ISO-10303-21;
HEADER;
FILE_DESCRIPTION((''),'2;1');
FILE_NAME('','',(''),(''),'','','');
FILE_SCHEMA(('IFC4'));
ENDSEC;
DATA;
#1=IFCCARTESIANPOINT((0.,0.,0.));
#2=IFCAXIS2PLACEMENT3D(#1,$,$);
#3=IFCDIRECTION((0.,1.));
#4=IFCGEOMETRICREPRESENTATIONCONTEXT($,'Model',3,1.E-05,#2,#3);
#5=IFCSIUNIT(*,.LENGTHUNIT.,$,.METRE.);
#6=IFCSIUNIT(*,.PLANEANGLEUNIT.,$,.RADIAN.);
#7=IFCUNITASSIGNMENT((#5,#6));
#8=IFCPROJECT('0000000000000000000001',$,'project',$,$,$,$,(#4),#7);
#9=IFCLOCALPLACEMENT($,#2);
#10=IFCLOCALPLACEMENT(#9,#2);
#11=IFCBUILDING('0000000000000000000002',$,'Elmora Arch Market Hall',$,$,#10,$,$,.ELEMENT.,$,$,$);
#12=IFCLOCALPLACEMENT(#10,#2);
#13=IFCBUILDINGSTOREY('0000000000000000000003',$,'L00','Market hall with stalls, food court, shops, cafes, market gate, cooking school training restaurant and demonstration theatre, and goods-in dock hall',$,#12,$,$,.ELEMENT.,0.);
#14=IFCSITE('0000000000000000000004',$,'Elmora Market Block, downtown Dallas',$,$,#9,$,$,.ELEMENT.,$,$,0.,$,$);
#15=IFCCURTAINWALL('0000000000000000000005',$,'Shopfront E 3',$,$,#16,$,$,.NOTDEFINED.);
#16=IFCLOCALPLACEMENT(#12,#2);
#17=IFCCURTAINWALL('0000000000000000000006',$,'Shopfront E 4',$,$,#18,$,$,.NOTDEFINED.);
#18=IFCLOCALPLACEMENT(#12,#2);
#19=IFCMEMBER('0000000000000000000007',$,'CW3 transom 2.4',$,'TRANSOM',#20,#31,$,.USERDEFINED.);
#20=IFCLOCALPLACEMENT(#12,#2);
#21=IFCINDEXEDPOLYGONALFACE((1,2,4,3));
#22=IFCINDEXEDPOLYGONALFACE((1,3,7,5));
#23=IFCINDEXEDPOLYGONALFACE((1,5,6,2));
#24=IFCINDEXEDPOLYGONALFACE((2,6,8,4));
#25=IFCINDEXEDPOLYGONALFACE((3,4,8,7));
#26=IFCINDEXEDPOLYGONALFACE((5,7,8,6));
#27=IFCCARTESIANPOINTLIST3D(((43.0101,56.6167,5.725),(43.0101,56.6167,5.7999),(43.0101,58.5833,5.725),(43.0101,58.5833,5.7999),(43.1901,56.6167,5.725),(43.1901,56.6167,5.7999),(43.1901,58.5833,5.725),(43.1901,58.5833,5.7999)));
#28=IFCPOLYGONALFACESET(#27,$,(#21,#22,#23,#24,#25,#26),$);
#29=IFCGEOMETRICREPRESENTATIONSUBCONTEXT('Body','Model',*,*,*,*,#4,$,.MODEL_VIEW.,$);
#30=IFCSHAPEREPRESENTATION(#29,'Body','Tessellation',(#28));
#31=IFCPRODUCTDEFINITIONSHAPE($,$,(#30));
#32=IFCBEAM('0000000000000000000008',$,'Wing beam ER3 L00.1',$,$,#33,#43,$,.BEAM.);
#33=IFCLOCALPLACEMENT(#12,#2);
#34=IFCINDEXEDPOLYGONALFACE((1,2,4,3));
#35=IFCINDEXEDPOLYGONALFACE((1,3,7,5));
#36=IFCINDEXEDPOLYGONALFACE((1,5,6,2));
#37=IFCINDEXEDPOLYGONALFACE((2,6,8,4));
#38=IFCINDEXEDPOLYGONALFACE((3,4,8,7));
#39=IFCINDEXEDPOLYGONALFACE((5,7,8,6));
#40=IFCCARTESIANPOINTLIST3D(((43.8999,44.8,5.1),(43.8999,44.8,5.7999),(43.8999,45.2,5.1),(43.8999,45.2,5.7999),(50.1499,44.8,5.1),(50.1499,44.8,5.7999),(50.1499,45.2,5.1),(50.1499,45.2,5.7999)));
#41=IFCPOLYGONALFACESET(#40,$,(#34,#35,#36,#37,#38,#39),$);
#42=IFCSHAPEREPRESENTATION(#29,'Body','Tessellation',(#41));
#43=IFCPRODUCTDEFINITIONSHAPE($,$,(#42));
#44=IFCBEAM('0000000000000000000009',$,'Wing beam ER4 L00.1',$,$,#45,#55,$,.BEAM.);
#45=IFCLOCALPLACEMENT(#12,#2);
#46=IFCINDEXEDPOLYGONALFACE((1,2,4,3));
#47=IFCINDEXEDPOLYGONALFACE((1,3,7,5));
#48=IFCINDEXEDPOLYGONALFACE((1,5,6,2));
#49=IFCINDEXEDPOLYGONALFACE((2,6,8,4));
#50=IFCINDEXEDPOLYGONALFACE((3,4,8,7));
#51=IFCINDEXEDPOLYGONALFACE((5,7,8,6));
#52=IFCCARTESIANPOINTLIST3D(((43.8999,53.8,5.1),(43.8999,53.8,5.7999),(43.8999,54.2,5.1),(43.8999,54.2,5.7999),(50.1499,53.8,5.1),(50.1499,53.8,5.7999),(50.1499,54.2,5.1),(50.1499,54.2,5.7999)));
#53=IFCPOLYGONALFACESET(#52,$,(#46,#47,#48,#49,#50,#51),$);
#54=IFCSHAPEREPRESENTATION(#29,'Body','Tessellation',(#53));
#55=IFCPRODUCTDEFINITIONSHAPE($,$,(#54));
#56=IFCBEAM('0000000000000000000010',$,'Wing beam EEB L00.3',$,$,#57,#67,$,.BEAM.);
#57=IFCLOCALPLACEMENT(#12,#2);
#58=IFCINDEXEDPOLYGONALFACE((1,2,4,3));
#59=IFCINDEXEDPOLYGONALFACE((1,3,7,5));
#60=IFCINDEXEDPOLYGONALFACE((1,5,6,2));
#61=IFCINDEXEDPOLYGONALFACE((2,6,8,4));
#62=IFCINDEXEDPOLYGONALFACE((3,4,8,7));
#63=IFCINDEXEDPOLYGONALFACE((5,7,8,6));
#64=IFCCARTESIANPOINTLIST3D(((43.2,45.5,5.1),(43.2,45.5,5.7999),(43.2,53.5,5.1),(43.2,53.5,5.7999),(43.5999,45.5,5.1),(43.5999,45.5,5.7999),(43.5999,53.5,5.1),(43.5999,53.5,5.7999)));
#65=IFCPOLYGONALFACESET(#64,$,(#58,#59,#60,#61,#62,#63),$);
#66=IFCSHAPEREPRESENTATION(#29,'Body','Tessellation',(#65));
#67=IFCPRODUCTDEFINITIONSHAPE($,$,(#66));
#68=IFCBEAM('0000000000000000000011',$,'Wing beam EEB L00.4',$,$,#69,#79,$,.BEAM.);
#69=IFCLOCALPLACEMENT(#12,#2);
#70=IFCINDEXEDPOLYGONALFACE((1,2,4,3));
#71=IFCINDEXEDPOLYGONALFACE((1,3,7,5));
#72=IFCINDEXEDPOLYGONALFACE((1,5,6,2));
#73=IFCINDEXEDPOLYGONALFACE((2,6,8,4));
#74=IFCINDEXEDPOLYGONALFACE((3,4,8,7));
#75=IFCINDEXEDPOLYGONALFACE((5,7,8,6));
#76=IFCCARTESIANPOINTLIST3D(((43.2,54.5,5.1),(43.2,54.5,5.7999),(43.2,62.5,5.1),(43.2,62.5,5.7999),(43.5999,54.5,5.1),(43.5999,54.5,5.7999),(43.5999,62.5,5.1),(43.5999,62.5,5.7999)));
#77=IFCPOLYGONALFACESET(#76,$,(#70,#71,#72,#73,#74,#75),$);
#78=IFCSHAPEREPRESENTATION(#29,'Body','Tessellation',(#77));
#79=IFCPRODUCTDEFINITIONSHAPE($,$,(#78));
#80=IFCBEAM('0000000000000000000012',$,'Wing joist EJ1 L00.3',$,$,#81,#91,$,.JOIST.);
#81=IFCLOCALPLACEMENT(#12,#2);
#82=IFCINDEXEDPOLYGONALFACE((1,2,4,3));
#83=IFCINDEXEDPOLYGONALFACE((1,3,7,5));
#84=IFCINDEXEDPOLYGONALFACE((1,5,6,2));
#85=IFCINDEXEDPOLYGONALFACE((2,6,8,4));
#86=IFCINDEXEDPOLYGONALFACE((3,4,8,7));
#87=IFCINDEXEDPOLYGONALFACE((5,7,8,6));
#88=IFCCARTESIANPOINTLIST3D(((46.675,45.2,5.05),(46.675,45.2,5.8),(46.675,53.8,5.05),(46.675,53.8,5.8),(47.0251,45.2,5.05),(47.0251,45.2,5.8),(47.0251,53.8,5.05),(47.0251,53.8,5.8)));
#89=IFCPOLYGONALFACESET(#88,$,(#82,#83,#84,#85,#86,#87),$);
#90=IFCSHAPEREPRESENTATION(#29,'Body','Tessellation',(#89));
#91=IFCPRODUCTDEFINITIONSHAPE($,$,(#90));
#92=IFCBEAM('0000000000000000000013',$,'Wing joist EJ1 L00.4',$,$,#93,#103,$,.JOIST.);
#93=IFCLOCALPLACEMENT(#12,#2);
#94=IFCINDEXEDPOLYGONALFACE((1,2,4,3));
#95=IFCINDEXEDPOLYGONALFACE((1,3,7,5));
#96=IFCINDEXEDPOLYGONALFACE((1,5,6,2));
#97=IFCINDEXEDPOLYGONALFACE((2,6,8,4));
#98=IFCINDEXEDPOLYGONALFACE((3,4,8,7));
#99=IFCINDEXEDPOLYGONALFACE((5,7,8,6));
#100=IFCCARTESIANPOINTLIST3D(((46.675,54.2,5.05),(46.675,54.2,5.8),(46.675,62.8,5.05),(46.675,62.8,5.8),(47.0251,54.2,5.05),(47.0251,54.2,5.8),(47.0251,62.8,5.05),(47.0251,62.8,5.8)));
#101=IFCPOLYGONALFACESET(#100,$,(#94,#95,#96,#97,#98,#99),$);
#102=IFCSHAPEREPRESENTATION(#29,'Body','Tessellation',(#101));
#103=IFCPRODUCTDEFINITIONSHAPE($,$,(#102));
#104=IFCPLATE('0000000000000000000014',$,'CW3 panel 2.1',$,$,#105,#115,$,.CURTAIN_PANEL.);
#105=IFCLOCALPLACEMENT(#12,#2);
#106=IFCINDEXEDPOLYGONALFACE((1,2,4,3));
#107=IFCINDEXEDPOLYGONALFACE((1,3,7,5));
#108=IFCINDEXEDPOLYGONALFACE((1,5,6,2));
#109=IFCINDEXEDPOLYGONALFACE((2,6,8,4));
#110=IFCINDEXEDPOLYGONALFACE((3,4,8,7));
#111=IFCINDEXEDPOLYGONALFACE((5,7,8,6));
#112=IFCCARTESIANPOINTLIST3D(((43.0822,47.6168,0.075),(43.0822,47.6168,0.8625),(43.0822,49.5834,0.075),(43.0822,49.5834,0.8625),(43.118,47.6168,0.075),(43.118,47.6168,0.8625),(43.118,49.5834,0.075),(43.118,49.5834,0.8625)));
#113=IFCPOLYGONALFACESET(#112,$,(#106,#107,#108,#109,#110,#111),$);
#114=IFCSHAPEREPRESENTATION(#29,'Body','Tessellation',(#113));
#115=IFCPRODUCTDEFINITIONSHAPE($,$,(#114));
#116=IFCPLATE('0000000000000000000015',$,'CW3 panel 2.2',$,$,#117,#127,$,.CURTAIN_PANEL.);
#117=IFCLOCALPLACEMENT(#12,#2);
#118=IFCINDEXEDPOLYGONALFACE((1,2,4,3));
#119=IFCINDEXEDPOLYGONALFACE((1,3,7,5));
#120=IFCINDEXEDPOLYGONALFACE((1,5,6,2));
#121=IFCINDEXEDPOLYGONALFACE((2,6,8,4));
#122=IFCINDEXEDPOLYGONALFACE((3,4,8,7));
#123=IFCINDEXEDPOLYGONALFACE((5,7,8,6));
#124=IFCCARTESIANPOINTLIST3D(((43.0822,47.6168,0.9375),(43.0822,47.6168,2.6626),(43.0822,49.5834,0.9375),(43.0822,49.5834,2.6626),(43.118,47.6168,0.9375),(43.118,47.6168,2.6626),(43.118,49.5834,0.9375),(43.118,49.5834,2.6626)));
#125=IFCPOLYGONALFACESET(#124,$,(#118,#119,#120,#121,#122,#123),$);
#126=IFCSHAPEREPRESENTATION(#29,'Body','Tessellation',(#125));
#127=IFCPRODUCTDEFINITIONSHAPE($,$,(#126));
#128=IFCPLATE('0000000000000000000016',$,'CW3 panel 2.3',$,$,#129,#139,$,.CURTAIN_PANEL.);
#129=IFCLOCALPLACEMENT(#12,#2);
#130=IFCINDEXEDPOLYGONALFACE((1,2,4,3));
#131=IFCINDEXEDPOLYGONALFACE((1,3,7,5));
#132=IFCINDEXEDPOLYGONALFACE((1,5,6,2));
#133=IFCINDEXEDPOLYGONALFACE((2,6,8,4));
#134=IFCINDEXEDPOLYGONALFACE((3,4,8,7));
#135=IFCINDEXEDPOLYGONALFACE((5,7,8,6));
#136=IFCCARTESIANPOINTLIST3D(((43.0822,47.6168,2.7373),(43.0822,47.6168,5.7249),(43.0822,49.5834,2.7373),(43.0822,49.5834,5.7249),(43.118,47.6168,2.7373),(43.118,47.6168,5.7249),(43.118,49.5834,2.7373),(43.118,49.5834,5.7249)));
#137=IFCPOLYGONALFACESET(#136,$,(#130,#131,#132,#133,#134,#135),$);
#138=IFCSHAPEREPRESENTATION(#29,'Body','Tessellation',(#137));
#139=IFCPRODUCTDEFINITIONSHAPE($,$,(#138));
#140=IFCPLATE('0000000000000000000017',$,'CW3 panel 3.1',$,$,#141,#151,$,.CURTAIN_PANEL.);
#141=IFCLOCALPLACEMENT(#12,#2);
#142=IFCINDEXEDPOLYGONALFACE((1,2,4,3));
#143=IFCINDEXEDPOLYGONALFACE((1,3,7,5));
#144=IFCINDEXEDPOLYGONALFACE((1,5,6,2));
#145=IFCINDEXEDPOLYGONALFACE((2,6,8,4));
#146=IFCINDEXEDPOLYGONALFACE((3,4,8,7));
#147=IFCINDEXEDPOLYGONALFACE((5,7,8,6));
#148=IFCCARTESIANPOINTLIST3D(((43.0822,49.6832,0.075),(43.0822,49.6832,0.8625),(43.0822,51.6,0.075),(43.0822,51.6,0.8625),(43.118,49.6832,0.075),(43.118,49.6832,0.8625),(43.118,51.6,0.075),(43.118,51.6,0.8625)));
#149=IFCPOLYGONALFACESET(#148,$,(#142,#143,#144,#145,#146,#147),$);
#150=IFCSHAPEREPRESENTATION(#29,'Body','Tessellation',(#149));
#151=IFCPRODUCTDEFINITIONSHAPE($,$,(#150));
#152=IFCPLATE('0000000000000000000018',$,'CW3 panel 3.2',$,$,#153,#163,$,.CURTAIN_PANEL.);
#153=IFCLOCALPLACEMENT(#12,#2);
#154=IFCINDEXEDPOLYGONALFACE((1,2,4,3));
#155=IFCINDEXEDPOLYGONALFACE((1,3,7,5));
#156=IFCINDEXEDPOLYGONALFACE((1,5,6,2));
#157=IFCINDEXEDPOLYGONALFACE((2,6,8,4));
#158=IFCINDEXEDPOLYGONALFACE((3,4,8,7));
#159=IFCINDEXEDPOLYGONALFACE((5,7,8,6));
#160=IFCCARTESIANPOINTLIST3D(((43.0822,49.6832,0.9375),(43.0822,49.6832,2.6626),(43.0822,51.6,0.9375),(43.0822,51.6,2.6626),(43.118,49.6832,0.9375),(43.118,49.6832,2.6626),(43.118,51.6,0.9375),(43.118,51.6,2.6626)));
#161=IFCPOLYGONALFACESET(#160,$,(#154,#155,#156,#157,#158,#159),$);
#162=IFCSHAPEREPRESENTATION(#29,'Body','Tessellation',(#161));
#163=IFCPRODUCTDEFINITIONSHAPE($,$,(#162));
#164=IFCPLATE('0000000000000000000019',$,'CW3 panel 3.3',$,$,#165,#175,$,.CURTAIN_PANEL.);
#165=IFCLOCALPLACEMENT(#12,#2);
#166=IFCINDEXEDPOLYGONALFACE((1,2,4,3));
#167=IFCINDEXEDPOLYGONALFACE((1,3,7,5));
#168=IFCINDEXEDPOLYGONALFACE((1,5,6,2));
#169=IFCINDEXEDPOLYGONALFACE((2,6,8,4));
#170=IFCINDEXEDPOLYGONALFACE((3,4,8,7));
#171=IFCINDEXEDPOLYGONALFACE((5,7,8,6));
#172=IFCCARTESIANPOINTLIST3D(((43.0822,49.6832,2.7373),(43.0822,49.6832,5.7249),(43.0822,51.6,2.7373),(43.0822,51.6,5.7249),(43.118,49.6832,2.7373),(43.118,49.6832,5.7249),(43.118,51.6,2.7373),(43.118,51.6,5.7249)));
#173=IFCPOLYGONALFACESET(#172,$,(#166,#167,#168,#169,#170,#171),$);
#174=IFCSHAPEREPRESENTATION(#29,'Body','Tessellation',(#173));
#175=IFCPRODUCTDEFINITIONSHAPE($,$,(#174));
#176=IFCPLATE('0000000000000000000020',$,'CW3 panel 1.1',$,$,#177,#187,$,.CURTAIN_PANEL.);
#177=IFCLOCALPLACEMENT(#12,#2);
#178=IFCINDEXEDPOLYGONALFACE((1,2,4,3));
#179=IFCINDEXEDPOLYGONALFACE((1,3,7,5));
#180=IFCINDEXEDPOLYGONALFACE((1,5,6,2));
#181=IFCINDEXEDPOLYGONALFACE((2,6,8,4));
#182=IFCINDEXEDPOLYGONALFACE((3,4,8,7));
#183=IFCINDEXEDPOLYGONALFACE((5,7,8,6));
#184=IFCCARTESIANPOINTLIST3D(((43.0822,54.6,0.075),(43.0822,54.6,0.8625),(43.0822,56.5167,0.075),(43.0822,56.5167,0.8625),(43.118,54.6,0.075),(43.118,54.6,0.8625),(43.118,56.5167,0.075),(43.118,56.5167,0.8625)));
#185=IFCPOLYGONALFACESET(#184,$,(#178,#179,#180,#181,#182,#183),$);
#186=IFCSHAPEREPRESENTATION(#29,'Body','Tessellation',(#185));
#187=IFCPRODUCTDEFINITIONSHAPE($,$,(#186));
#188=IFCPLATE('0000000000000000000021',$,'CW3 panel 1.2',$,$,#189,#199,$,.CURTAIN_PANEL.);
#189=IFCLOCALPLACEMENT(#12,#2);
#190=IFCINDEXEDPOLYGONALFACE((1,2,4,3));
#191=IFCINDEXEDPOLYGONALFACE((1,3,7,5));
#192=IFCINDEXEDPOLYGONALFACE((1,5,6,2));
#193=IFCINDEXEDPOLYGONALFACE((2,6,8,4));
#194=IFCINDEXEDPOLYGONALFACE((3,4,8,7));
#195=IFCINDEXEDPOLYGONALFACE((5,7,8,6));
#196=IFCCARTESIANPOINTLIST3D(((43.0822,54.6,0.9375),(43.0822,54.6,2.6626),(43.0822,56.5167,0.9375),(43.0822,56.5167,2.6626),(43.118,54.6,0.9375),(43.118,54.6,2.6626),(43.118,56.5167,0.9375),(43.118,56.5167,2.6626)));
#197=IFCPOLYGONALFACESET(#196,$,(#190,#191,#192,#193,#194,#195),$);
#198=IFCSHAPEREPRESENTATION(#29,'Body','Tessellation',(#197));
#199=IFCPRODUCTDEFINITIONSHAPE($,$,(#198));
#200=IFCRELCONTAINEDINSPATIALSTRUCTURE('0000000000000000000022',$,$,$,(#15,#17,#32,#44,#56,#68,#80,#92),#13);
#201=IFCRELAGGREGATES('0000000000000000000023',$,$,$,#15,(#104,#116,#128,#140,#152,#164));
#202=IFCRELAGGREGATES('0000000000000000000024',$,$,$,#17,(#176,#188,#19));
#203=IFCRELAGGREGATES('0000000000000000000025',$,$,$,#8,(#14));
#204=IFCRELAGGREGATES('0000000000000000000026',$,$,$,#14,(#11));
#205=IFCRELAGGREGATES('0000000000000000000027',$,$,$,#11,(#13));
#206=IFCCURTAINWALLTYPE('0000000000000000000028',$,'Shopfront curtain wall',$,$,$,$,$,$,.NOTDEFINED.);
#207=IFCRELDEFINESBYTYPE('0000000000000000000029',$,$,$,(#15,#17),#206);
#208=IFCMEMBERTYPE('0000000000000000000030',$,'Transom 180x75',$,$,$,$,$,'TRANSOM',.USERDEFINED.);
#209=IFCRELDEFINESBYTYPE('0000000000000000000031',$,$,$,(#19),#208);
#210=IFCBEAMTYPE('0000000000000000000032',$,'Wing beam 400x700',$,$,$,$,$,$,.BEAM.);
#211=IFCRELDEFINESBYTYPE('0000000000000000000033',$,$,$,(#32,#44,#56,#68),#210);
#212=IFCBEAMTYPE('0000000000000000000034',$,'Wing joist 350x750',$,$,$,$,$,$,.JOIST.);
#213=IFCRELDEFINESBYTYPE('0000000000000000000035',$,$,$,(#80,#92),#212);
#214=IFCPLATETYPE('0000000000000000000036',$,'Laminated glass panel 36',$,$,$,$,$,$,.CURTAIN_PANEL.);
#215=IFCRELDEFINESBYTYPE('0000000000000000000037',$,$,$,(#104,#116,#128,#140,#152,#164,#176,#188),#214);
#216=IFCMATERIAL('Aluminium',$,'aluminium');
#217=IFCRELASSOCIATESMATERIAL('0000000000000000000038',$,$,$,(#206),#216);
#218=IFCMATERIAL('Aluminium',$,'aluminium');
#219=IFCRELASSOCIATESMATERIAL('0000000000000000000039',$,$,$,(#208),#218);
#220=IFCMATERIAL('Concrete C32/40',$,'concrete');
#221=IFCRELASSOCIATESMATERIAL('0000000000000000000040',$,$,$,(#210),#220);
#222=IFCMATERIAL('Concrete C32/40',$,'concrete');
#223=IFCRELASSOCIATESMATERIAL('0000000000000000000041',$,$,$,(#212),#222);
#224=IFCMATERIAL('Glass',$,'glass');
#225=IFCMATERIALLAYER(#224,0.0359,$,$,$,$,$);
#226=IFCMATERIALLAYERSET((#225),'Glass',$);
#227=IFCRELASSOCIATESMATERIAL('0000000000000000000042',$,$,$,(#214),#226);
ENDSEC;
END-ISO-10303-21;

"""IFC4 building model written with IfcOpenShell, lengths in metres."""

from ifc_helpers import new_model, si_unit, direction, frame, origin, origin_2d, place, context, subcontext, project, spatial, rectangle, extrude, material, layer, layer_set, material_profile, profile_set, type_object, element, aggregate, save


model = new_model("IFC4")

# Units and contexts
model_context = context("Model", 3, precision=1e-05, world=origin(), true_north=direction((0.0, 1.0)))
body_context = subcontext(model_context, "Body", "Model", "MODEL_VIEW")
ifc_project = project(units=[si_unit("LENGTHUNIT", "METRE"), si_unit("PLANEANGLEUNIT", "RADIAN")], contexts=[model_context])

# Site, building, storey
site_placement = place(None, origin())
site = spatial("IfcSite", under=ifc_project, at=site_placement, Name="Elmora Market Block, downtown Dallas", CompositionType="ELEMENT", RefElevation=0.0)
building_placement = place(site_placement, origin())
building = spatial("IfcBuilding", under=site, at=building_placement, Name="Elmora Arch Market Hall", CompositionType="ELEMENT")
storey_placement = place(building_placement, origin())
storey = spatial("IfcBuildingStorey", under=building, at=storey_placement, Name="L00", Description="Market hall with stalls, food court, shops, cafes, market gate, cooking school training restaurant and demonstration theatre, and goods-in dock hall", CompositionType="ELEMENT", Elevation=0.0)

# Curtain walls
ifc_material_1 = material(Name="Aluminium", Category="aluminium")
curtain_wall_type = type_object("IfcCurtainWallType", Name="Shopfront curtain wall", PredefinedType="NOTDEFINED", material=ifc_material_1)
curtain_wall_1_placement = place(storey_placement, origin())
curtain_wall_1 = element("IfcCurtainWall", 1, at=curtain_wall_1_placement, inside=storey, type_object=curtain_wall_type, Name="Shopfront E 3", PredefinedType="NOTDEFINED")
curtain_wall_2_placement = place(storey_placement, origin())
curtain_wall_2 = element("IfcCurtainWall", 2, at=curtain_wall_2_placement, inside=storey, type_object=curtain_wall_type, Name="Shopfront E 4", PredefinedType="NOTDEFINED")

# Member
ifc_material_2 = material(Name="Aluminium", Category="aluminium")
ifc_material_profile_1 = material_profile(ifc_material_2, rectangle(XDim=0.1799, YDim=0.075, at=origin_2d()), Name="AL 180x75")
ifc_profile_set_1 = profile_set([ifc_material_profile_1], Name="Aluminium")
member_type_1 = type_object("IfcMemberType", Name="Transom 180x75", ElementType="TRANSOM", PredefinedType="USERDEFINED", material=ifc_profile_set_1)
member_1_placement = place(storey_placement, frame((43.1001, 56.6167, 5.7625), z_axis=(0.0, 1.0, 0.0), x_axis=(-1.0, 0.0, 0.0)))
member_1 = element("IfcMember", 3, at=member_1_placement, type_object=member_type_1, Name="CW3 transom 2.4", ObjectType="TRANSOM", PredefinedType="USERDEFINED", context=body_context, shape_type="SweptSolid", body=[
    extrude(rectangle(XDim=0.1799, YDim=0.075, at=origin_2d()), origin(), (0.0, 0.0, 1.0), 1.9666),
])

# Beams
ifc_material_3 = material(Name="Concrete C32/40", Category="concrete")
ifc_material_profile_2 = material_profile(ifc_material_3, rectangle(XDim=0.3999, YDim=0.7, at=origin_2d()), Name="Wing beam 400x700")
ifc_profile_set_2 = profile_set([ifc_material_profile_2], Name="Concrete C32/40")
beam_type_1 = type_object("IfcBeamType", Name="Wing beam 400x700", PredefinedType="BEAM", material=ifc_profile_set_2)
for number, where, z_axis, x_axis, name in (
    (4, (43.8999, 45.0, 5.45), (1.0, 0.0, 0.0), (0.0, 1.0, 0.0), "Wing beam ER3 L00.1"),
    (5, (43.8999, 54.0, 5.45), (1.0, 0.0, 0.0), (0.0, 1.0, 0.0), "Wing beam ER4 L00.1"),
):
    element("IfcBeam", number, at=place(storey_placement, frame(where, z_axis=z_axis, x_axis=x_axis)), inside=storey, type_object=beam_type_1, Name=name, PredefinedType="BEAM", context=body_context, shape_type="SweptSolid", body=[
        extrude(rectangle(XDim=0.3999, YDim=0.7, at=origin_2d()), origin(), (0.0, 0.0, 1.0), 6.25),
    ])
for number, where, z_axis, x_axis, name in (
    (6, (43.3999, 45.5, 5.45), (0.0, 1.0, 0.0), (-1.0, 0.0, 0.0), "Wing beam EEB L00.3"),
    (7, (43.3999, 54.5, 5.45), (0.0, 1.0, 0.0), (-1.0, 0.0, 0.0), "Wing beam EEB L00.4"),
):
    element("IfcBeam", number, at=place(storey_placement, frame(where, z_axis=z_axis, x_axis=x_axis)), inside=storey, type_object=beam_type_1, Name=name, PredefinedType="BEAM", context=body_context, shape_type="SweptSolid", body=[
        extrude(rectangle(XDim=0.3999, YDim=0.7, at=origin_2d()), origin(), (0.0, 0.0, 1.0), 8.0),
    ])
ifc_material_4 = material(Name="Concrete C32/40", Category="concrete")
ifc_material_profile_3 = material_profile(ifc_material_4, rectangle(XDim=0.3501, YDim=0.75, at=origin_2d()), Name="Wing joist 350x750")
ifc_profile_set_3 = profile_set([ifc_material_profile_3], Name="Concrete C32/40")
beam_type_2 = type_object("IfcBeamType", Name="Wing joist 350x750", PredefinedType="JOIST", material=ifc_profile_set_3)
for number, where, z_axis, x_axis, name in (
    (8, (46.8501, 45.2, 5.425), (0.0, 1.0, 0.0), (-1.0, 0.0, 0.0), "Wing joist EJ1 L00.3"),
    (9, (46.8501, 54.2, 5.425), (0.0, 1.0, 0.0), (-1.0, 0.0, 0.0), "Wing joist EJ1 L00.4"),
):
    element("IfcBeam", number, at=place(storey_placement, frame(where, z_axis=z_axis, x_axis=x_axis)), inside=storey, type_object=beam_type_2, Name=name, PredefinedType="JOIST", context=body_context, shape_type="SweptSolid", body=[
        extrude(rectangle(XDim=0.3501, YDim=0.75, at=origin_2d()), origin(), (0.0, 0.0, 1.0), 8.6001),
    ])

# Plates
ifc_material_5 = material(Name="Glass", Category="glass")
ifc_layer_1 = layer(ifc_material_5, 0.0359)
ifc_layer_set_1 = layer_set([ifc_layer_1], Name="Glass")
plate_type = type_object("IfcPlateType", Name="Laminated glass panel 36", PredefinedType="CURTAIN_PANEL", material=ifc_layer_set_1)
plate_1_placement = place(storey_placement, frame((43.1001, 48.6001, 0.075), z_axis=(0.0, 0.0, 1.0), x_axis=(0.0, 1.0, 0.0)))
plate_1 = element("IfcPlate", 10, at=plate_1_placement, type_object=plate_type, Name="CW3 panel 2.1", PredefinedType="CURTAIN_PANEL", context=body_context, shape_type="SweptSolid", body=[
    extrude(rectangle(XDim=1.9666, YDim=0.0359, at=origin_2d()), origin(), (0.0, 0.0, 1.0), 0.7876),
])
plate_2_placement = place(storey_placement, frame((43.1001, 48.6001, 0.9375), z_axis=(0.0, 0.0, 1.0), x_axis=(0.0, 1.0, 0.0)))
plate_2 = element("IfcPlate", 11, at=plate_2_placement, type_object=plate_type, Name="CW3 panel 2.2", PredefinedType="CURTAIN_PANEL", context=body_context, shape_type="SweptSolid", body=[
    extrude(rectangle(XDim=1.9666, YDim=0.0359, at=origin_2d()), origin(), (0.0, 0.0, 1.0), 1.7251),
])
plate_3_placement = place(storey_placement, frame((43.1001, 48.6001, 2.7373), z_axis=(0.0, 0.0, 1.0), x_axis=(0.0, 1.0, 0.0)))
plate_3 = element("IfcPlate", 12, at=plate_3_placement, type_object=plate_type, Name="CW3 panel 2.3", PredefinedType="CURTAIN_PANEL", context=body_context, shape_type="SweptSolid", body=[
    extrude(rectangle(XDim=1.9666, YDim=0.0359, at=origin_2d()), origin(), (0.0, 0.0, 1.0), 2.9875),
])
plate_4_placement = place(storey_placement, frame((43.1001, 50.6416, 0.075), z_axis=(0.0, 0.0, 1.0), x_axis=(0.0, 1.0, 0.0)))
plate_4 = element("IfcPlate", 13, at=plate_4_placement, type_object=plate_type, Name="CW3 panel 3.1", PredefinedType="CURTAIN_PANEL", context=body_context, shape_type="SweptSolid", body=[
    extrude(rectangle(XDim=1.9167, YDim=0.0359, at=origin_2d()), origin(), (0.0, 0.0, 1.0), 0.7876),
])
plate_5_placement = place(storey_placement, frame((43.1001, 50.6416, 0.9375), z_axis=(0.0, 0.0, 1.0), x_axis=(0.0, 1.0, 0.0)))
plate_5 = element("IfcPlate", 14, at=plate_5_placement, type_object=plate_type, Name="CW3 panel 3.2", PredefinedType="CURTAIN_PANEL", context=body_context, shape_type="SweptSolid", body=[
    extrude(rectangle(XDim=1.9167, YDim=0.0359, at=origin_2d()), origin(), (0.0, 0.0, 1.0), 1.7251),
])
plate_6_placement = place(storey_placement, frame((43.1001, 50.6416, 2.7373), z_axis=(0.0, 0.0, 1.0), x_axis=(0.0, 1.0, 0.0)))
plate_6 = element("IfcPlate", 15, at=plate_6_placement, type_object=plate_type, Name="CW3 panel 3.3", PredefinedType="CURTAIN_PANEL", context=body_context, shape_type="SweptSolid", body=[
    extrude(rectangle(XDim=1.9167, YDim=0.0359, at=origin_2d()), origin(), (0.0, 0.0, 1.0), 2.9875),
])
aggregate(curtain_wall_1, [plate_1, plate_2, plate_3, plate_4, plate_5, plate_6])
plate_7_placement = place(storey_placement, frame((43.1001, 55.5583, 0.075), z_axis=(0.0, 0.0, 1.0), x_axis=(0.0, 1.0, 0.0)))
plate_7 = element("IfcPlate", 16, at=plate_7_placement, type_object=plate_type, Name="CW3 panel 1.1", PredefinedType="CURTAIN_PANEL", context=body_context, shape_type="SweptSolid", body=[
    extrude(rectangle(XDim=1.9167, YDim=0.0359, at=origin_2d()), origin(), (0.0, 0.0, 1.0), 0.7876),
])
plate_8_placement = place(storey_placement, frame((43.1001, 55.5583, 0.9375), z_axis=(0.0, 0.0, 1.0), x_axis=(0.0, 1.0, 0.0)))
plate_8 = element("IfcPlate", 17, at=plate_8_placement, type_object=plate_type, Name="CW3 panel 1.2", PredefinedType="CURTAIN_PANEL", context=body_context, shape_type="SweptSolid", body=[
    extrude(rectangle(XDim=1.9167, YDim=0.0359, at=origin_2d()), origin(), (0.0, 0.0, 1.0), 1.7251),
])
aggregate(curtain_wall_2, [plate_7, plate_8, member_1])

save(model, "model.ifc")
